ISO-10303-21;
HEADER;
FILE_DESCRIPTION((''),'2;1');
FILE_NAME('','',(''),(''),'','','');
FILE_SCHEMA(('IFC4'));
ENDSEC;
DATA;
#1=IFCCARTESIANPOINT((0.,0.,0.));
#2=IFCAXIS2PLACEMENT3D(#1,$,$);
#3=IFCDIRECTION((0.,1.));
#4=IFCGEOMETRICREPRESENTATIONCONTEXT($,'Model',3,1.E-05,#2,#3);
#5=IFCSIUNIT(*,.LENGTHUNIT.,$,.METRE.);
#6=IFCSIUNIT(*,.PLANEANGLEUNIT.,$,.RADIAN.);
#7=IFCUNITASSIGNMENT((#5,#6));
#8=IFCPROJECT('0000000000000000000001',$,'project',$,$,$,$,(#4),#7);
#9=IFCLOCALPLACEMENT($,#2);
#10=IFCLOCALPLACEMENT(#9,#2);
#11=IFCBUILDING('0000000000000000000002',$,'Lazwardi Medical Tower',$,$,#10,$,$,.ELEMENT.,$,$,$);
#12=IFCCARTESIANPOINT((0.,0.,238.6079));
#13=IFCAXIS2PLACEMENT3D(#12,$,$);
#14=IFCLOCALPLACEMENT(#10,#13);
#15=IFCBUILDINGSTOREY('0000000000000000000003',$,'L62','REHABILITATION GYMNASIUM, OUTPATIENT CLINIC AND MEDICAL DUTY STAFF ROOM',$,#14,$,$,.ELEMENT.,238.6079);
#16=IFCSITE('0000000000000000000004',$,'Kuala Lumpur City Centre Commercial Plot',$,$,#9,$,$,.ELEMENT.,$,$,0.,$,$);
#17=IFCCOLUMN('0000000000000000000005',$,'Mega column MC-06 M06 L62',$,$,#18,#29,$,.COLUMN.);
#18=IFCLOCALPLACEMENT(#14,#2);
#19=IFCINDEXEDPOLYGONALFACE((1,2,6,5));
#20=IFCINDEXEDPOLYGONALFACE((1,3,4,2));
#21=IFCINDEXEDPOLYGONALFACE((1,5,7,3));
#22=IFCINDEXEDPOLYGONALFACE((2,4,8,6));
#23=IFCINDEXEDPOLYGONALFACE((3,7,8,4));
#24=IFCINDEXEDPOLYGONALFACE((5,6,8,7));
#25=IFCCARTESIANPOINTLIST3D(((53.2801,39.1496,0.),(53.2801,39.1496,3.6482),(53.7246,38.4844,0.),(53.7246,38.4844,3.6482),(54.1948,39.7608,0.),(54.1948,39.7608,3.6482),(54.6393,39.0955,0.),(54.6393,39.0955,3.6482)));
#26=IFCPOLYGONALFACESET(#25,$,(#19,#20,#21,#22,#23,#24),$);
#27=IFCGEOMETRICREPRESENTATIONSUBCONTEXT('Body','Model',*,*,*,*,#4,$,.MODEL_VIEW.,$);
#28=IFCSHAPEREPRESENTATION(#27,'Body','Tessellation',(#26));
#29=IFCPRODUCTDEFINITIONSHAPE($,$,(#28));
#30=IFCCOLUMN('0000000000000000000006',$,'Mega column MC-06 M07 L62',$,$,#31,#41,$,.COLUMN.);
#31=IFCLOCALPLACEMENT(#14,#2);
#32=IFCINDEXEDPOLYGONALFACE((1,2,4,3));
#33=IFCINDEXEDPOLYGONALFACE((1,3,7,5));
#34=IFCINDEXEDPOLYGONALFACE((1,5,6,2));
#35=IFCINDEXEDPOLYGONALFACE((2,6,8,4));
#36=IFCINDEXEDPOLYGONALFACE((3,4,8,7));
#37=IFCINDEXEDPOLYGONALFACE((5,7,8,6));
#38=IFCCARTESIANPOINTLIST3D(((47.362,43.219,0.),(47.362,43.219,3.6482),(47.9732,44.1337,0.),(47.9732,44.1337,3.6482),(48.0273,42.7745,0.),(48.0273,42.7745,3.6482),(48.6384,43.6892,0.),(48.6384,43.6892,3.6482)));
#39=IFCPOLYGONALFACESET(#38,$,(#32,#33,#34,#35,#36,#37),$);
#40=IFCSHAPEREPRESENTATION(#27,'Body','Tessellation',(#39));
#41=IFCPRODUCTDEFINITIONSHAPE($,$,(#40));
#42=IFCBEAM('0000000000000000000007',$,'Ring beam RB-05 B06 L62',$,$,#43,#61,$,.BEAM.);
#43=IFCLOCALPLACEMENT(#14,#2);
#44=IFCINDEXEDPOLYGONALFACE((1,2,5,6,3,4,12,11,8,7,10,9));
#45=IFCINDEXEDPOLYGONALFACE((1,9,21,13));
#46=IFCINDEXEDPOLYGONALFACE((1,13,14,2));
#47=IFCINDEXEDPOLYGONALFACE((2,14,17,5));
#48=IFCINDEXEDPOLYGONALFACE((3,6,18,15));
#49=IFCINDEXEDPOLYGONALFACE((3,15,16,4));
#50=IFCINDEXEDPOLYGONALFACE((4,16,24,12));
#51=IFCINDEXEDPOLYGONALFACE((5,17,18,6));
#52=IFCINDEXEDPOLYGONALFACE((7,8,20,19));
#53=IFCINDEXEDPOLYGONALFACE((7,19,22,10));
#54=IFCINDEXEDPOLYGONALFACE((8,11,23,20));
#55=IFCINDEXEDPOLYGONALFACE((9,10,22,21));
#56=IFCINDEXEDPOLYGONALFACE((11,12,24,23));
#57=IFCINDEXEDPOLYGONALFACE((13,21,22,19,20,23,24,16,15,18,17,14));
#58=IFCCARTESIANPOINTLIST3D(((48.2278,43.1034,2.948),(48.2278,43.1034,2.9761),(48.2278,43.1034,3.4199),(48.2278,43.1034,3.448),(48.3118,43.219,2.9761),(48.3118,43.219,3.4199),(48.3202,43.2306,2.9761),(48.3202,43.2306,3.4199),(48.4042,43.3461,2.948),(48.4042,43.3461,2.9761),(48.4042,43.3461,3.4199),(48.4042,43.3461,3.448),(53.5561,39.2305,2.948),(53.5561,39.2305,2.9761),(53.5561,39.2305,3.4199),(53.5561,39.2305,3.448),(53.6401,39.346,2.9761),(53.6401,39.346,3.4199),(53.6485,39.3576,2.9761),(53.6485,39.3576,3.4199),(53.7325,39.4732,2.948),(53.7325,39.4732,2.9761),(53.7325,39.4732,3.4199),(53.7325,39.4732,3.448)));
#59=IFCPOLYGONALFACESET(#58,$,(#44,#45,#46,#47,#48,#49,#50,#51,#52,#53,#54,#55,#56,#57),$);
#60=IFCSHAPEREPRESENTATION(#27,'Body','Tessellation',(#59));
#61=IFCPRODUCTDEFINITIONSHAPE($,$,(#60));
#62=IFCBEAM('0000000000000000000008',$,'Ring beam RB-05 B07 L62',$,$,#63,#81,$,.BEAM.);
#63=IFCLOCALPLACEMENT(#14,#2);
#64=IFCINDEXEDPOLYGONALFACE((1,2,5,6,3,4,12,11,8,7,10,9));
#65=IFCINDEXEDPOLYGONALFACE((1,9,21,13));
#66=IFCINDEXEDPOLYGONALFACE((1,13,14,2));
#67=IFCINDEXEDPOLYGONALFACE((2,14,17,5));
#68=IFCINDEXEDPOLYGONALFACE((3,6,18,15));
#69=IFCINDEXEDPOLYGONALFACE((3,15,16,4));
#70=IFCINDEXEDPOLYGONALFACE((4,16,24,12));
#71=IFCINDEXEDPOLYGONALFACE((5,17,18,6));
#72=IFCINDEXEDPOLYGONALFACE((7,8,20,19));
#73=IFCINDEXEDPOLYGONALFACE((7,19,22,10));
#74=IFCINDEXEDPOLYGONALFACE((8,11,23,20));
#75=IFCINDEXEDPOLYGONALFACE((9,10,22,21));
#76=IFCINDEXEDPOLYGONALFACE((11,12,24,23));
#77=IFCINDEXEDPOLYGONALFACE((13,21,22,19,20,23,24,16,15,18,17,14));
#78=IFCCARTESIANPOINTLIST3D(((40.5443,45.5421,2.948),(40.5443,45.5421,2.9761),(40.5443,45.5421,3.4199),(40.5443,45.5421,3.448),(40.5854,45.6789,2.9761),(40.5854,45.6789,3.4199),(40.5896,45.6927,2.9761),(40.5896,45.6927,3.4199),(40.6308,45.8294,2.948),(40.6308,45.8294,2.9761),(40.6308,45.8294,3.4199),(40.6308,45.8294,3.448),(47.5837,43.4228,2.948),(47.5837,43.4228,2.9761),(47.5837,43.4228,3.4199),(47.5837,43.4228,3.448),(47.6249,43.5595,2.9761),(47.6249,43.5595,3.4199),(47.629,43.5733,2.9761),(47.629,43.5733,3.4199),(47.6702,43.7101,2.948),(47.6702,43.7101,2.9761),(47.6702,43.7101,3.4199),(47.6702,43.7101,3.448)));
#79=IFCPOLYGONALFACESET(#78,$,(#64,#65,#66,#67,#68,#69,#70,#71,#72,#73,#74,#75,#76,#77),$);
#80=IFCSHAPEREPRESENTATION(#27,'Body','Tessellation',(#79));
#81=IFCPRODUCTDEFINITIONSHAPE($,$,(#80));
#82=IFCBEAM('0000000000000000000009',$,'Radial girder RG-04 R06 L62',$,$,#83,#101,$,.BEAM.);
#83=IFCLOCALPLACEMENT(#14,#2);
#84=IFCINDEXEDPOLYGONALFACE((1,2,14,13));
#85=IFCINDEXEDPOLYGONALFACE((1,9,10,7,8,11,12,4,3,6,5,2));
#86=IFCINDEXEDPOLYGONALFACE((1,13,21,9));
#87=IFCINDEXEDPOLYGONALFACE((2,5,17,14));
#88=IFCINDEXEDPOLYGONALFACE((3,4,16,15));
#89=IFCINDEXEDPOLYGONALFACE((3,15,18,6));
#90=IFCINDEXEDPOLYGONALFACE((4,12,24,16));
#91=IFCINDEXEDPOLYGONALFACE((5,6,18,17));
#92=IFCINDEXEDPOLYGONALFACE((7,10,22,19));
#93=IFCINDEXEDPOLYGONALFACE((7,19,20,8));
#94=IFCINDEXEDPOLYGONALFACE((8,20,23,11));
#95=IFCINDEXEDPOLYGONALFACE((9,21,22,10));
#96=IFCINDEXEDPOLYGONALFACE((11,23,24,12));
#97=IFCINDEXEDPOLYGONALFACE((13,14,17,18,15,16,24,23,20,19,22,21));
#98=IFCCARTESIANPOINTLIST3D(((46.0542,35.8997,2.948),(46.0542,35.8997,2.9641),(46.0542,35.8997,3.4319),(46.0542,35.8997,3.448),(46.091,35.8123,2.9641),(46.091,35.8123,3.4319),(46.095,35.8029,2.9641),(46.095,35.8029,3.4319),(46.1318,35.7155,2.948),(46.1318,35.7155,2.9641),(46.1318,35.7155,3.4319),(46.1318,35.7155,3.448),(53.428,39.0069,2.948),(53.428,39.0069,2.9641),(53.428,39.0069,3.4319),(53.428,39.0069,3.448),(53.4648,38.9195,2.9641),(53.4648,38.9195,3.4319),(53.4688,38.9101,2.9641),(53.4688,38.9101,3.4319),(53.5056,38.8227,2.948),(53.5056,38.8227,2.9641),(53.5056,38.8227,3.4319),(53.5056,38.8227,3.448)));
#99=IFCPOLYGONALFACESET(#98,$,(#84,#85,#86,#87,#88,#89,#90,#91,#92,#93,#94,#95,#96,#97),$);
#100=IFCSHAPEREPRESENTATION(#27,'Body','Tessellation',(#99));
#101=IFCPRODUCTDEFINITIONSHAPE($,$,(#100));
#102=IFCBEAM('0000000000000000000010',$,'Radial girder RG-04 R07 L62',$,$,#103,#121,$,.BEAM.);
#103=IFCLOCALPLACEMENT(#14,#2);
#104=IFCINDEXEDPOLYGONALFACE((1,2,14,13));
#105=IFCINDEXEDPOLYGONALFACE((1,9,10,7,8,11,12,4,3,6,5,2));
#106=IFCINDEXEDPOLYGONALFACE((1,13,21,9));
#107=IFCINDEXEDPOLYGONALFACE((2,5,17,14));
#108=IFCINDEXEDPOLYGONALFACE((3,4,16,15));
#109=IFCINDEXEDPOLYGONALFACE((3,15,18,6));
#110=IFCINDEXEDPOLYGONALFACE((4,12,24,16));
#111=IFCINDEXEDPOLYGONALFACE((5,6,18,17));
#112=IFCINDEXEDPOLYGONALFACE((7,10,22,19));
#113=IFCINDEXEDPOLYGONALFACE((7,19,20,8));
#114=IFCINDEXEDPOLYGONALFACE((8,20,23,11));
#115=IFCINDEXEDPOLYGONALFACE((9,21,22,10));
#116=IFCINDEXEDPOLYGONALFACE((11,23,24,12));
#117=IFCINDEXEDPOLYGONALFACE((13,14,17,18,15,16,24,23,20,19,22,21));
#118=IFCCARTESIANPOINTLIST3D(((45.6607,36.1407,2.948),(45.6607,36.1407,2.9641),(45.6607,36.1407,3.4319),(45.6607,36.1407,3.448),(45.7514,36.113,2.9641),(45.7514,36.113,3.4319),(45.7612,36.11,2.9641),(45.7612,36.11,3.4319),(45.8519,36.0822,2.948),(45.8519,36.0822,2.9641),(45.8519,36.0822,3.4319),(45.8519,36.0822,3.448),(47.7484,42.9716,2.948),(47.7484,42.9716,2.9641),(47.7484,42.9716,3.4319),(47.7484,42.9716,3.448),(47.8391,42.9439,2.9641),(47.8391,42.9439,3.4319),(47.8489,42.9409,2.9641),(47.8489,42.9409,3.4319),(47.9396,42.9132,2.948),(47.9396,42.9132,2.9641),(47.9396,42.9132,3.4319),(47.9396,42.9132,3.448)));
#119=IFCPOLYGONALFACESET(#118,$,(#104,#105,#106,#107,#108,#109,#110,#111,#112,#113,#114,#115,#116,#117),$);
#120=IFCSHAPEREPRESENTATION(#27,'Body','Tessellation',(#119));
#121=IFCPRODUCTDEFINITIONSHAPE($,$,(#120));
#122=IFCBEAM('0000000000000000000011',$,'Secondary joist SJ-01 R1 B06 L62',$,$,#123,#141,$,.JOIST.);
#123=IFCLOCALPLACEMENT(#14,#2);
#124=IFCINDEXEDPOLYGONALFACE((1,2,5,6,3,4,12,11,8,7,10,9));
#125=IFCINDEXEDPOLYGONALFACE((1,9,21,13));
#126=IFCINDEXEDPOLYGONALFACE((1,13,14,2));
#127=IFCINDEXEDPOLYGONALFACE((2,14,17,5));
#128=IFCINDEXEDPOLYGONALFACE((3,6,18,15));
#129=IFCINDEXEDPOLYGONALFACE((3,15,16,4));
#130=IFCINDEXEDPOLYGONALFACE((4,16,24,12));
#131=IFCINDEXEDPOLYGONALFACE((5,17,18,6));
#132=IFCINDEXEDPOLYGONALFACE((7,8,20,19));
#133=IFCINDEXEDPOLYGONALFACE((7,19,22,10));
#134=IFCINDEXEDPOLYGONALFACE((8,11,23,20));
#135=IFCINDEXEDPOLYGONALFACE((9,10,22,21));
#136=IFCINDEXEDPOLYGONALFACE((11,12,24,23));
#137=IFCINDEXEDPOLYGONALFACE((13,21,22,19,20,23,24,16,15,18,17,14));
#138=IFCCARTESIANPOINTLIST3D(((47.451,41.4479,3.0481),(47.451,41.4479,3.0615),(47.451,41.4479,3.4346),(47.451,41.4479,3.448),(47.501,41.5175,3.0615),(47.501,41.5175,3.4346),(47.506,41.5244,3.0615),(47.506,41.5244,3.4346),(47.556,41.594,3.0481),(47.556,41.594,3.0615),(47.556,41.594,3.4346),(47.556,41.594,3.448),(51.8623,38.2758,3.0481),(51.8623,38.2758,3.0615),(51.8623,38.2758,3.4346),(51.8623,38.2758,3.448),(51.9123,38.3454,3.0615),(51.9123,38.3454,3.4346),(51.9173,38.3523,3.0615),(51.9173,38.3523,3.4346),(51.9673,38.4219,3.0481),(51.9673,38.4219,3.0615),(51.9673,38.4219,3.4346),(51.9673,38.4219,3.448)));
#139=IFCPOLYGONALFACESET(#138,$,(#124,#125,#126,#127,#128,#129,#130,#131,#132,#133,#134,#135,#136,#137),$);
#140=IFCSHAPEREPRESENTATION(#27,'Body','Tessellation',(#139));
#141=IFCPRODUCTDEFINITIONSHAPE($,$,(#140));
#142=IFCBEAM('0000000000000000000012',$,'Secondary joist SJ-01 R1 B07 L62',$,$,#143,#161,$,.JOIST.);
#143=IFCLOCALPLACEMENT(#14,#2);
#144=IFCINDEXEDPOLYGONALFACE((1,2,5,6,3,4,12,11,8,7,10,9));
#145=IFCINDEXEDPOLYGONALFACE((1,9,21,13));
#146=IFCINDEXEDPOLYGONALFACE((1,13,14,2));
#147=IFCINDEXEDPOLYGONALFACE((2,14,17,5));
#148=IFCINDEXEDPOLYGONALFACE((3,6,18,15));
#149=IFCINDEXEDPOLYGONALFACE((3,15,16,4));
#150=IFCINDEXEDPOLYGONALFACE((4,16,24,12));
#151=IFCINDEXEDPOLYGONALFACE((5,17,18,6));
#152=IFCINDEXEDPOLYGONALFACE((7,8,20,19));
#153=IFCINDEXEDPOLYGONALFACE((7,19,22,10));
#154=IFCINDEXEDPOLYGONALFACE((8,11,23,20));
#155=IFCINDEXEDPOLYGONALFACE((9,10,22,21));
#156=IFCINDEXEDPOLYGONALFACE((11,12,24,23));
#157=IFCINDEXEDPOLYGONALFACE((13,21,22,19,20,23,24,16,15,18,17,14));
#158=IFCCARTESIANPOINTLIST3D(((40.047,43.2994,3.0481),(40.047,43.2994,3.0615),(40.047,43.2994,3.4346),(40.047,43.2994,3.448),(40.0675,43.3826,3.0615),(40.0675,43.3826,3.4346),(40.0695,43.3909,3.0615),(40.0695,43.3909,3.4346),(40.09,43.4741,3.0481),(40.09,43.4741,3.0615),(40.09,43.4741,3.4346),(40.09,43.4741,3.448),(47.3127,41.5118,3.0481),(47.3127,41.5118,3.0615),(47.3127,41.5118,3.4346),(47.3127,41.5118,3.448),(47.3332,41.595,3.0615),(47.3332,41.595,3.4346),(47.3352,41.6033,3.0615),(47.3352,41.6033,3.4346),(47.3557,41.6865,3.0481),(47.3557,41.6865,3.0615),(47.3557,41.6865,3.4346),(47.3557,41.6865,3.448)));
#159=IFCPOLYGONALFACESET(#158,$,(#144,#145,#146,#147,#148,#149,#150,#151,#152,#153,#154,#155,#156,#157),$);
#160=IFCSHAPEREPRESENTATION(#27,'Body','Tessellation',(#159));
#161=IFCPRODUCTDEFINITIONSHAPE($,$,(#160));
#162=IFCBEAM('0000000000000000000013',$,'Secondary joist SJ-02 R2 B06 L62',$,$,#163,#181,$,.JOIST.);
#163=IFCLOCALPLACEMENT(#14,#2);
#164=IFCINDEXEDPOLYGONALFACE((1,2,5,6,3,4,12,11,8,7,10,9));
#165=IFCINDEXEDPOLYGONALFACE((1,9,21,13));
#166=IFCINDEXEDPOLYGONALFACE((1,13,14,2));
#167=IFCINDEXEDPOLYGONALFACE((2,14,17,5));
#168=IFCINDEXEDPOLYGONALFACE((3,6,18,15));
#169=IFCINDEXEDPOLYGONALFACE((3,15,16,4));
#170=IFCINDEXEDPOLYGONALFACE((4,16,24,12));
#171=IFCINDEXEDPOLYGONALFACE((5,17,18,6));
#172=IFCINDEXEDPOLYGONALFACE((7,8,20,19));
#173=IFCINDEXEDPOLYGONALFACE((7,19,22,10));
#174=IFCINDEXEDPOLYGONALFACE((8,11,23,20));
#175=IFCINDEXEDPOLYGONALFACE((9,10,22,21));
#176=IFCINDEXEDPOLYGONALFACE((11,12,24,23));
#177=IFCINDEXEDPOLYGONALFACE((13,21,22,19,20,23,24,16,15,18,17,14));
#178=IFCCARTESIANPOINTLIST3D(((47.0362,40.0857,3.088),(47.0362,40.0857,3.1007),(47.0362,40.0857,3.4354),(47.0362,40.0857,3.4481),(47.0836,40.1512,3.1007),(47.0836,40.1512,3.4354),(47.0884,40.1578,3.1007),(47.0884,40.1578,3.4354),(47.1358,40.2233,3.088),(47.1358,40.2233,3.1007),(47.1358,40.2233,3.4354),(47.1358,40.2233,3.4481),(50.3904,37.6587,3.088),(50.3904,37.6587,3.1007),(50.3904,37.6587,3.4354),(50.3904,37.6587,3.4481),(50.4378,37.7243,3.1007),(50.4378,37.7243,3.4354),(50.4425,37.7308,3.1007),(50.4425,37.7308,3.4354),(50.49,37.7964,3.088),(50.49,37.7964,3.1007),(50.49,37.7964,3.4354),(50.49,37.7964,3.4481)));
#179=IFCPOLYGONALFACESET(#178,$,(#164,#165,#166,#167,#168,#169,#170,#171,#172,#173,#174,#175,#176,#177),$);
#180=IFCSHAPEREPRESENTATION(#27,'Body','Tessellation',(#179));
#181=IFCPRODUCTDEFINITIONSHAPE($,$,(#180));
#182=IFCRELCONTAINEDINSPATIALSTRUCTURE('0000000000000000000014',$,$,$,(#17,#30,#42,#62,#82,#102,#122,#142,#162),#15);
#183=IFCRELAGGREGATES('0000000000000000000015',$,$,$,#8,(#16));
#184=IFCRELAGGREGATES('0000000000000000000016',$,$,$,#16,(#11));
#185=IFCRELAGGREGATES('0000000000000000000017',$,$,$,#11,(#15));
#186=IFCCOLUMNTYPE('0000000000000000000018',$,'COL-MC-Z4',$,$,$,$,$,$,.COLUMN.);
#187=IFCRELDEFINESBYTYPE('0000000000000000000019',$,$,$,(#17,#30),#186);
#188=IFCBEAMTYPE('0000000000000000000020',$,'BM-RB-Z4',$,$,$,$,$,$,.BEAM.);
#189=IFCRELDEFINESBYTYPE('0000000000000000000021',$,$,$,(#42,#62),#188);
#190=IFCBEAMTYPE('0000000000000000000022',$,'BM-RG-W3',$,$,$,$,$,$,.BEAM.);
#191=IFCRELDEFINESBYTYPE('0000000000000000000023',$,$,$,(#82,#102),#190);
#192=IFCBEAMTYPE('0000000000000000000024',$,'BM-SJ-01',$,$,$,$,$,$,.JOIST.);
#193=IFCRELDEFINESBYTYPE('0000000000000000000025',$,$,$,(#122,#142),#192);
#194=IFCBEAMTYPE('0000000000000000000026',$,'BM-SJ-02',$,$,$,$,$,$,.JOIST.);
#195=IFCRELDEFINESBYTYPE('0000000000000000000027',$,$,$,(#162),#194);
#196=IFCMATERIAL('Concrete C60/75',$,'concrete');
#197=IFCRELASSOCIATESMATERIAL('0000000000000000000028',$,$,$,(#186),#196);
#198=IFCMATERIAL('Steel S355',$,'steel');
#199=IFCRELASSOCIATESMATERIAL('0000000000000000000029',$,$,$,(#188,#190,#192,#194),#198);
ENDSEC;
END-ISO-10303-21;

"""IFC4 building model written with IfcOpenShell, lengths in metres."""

from ifc_helpers import new_model, si_unit, direction, frame, origin, origin_2d, place, context, subcontext, project, spatial, rectangle, i_section, extrude, material, material_profile, profile_set, type_object, element, save


model = new_model("IFC4")

# Units and contexts
model_context = context("Model", 3, precision=1e-05, world=origin(), true_north=direction((0.0, 1.0)))
body_context = subcontext(model_context, "Body", "Model", "MODEL_VIEW")
ifc_project = project(units=[si_unit("LENGTHUNIT", "METRE"), si_unit("PLANEANGLEUNIT", "RADIAN")], contexts=[model_context])

# Site, building, storey
site_placement = place(None, origin())
site = spatial("IfcSite", under=ifc_project, at=site_placement, Name="Kuala Lumpur City Centre Commercial Plot", CompositionType="ELEMENT", RefElevation=0.0)
building_placement = place(site_placement, origin())
building = spatial("IfcBuilding", under=site, at=building_placement, Name="Lazwardi Medical Tower", CompositionType="ELEMENT")
storey_placement = place(building_placement, frame((0.0, 0.0, 238.6079)))
storey = spatial("IfcBuildingStorey", under=building, at=storey_placement, Name="L62", Description="REHABILITATION GYMNASIUM, OUTPATIENT CLINIC AND MEDICAL DUTY STAFF ROOM", CompositionType="ELEMENT", Elevation=238.6079)

# Columns
ifc_material_1 = material(Name="Concrete C60/75", Category="concrete")
ifc_material_profile_1 = material_profile(ifc_material_1, rectangle(XDim=1.1001, YDim=0.8, at=origin_2d()), Name="CFT-RECT 1100x800")
ifc_profile_set_1 = profile_set([ifc_material_profile_1], Name="Concrete C60/75")
column_type = type_object("IfcColumnType", Name="COL-MC-Z4", PredefinedType="COLUMN", material=ifc_profile_set_1)
for number, where, z_axis, x_axis, name in (
    (1, (53.9597, 39.1226, 0.0), (0.0, 0.0, 1.0), (0.83147, 0.55557, 0.0), "Mega column MC-06 M06 L62"),
    (2, (48.0002, 43.4541, 0.0), (0.0, 0.0, 1.0), (0.55557, 0.83147, 0.0), "Mega column MC-06 M07 L62"),
):
    element("IfcColumn", number, at=place(storey_placement, frame(where, z_axis=z_axis, x_axis=x_axis)), inside=storey, type_object=column_type, Name=name, PredefinedType="COLUMN", context=body_context, shape_type="SweptSolid", body=[
        extrude(rectangle(XDim=1.1001, YDim=0.8, at=origin_2d()), origin(), (0.0, 0.0, 1.0), 3.6482),
    ])

# Beams
ifc_material_2 = material(Name="Steel S355", Category="steel")
ifc_material_profile_2 = material_profile(ifc_material_2, i_section(OverallWidth=0.3, OverallDepth=0.5, WebThickness=0.0144, FlangeThickness=0.0281, at=origin_2d()), Name="HEB 500")
ifc_profile_set_2 = profile_set([ifc_material_profile_2], Name="Steel S355")
beam_type_1 = type_object("IfcBeamType", Name="BM-RB-Z4", PredefinedType="BEAM", material=ifc_profile_set_2)
beam_1_placement = place(storey_placement, frame((53.6443, 39.3518, 3.198), z_axis=(-0.80889, 0.58796, 0.0), x_axis=(-0.58796, -0.80889, 0.0)))
element("IfcBeam", 3, at=beam_1_placement, inside=storey, type_object=beam_type_1, Name="Ring beam RB-05 B06 L62", PredefinedType="BEAM", context=body_context, shape_type="SweptSolid", body=[
    extrude(i_section(OverallWidth=0.3, OverallDepth=0.5, WebThickness=0.0144, FlangeThickness=0.0281, at=origin_2d()), origin(), (0.0, 0.0, 1.0), 6.5872),
])
beam_2_placement = place(storey_placement, frame((47.627, 43.5664, 3.198), z_axis=(-0.957544, 0.288286, 0.0), x_axis=(-0.288286, -0.957544, 0.0)))
element("IfcBeam", 4, at=beam_2_placement, inside=storey, type_object=beam_type_1, Name="Ring beam RB-05 B07 L62", PredefinedType="BEAM", context=body_context, shape_type="SweptSolid", body=[
    extrude(i_section(OverallWidth=0.3, OverallDepth=0.5, WebThickness=0.0144, FlangeThickness=0.0281, at=origin_2d()), origin(), (0.0, 0.0, 1.0), 7.3516),
])
ifc_material_profile_3 = material_profile(ifc_material_2, i_section(OverallWidth=0.2, OverallDepth=0.5, WebThickness=0.0103, FlangeThickness=0.0161, at=origin_2d()), Name="IPE 500")
ifc_profile_set_3 = profile_set([ifc_material_profile_3], Name="Steel S355")
beam_type_2 = type_object("IfcBeamType", Name="BM-RG-W3", PredefinedType="BEAM", material=ifc_profile_set_3)
beam_3_placement = place(storey_placement, frame((53.4668, 38.9148, 3.198), z_axis=(-0.921527, -0.388315, 0.0), x_axis=(0.388315, -0.921527, 0.0)))
element("IfcBeam", 5, at=beam_3_placement, inside=storey, type_object=beam_type_2, Name="Radial girder RG-04 R06 L62", PredefinedType="BEAM", context=body_context, shape_type="SweptSolid", body=[
    extrude(i_section(OverallWidth=0.2, OverallDepth=0.5, WebThickness=0.0103, FlangeThickness=0.0161, at=origin_2d()), origin(), (0.0, 0.0, 1.0), 8.0017),
])
beam_4_placement = place(storey_placement, frame((47.844, 42.9424, 3.198), z_axis=(-0.292277, -0.956334, 0.0), x_axis=(0.956334, -0.292277, 0.0)))
element("IfcBeam", 6, at=beam_4_placement, inside=storey, type_object=beam_type_2, Name="Radial girder RG-04 R07 L62", PredefinedType="BEAM", context=body_context, shape_type="SweptSolid", body=[
    extrude(i_section(OverallWidth=0.2, OverallDepth=0.5, WebThickness=0.0103, FlangeThickness=0.0161, at=origin_2d()), origin(), (0.0, 0.0, 1.0), 7.1428),
])
ifc_material_profile_4 = material_profile(ifc_material_2, i_section(OverallWidth=0.1799, OverallDepth=0.3999, WebThickness=0.0085, FlangeThickness=0.0134, at=origin_2d()), Name="IPE 400")
ifc_profile_set_4 = profile_set([ifc_material_profile_4], Name="Steel S355")
beam_type_3 = type_object("IfcBeamType", Name="BM-SJ-01", PredefinedType="JOIST", material=ifc_profile_set_4)
beam_5_placement = place(storey_placement, frame((51.9148, 38.3489, 3.248), z_axis=(-0.81189, 0.583811, 0.0), x_axis=(-0.583811, -0.81189, 0.0)))
element("IfcBeam", 7, at=beam_5_placement, inside=storey, type_object=beam_type_3, Name="Secondary joist SJ-01 R1 B06 L62", PredefinedType="JOIST", context=body_context, shape_type="SweptSolid", body=[
    extrude(i_section(OverallWidth=0.1799, OverallDepth=0.3999, WebThickness=0.0085, FlangeThickness=0.0134, at=origin_2d()), origin(), (0.0, 0.0, 1.0), 5.4333),
])
beam_6_placement = place(storey_placement, frame((47.3342, 41.5991, 3.248), z_axis=(-0.971042, 0.23891, 0.0), x_axis=(-0.23891, -0.971042, 0.0)))
element("IfcBeam", 8, at=beam_6_placement, inside=storey, type_object=beam_type_3, Name="Secondary joist SJ-01 R1 B07 L62", PredefinedType="JOIST", context=body_context, shape_type="SweptSolid", body=[
    extrude(i_section(OverallWidth=0.1799, OverallDepth=0.3999, WebThickness=0.0085, FlangeThickness=0.0134, at=origin_2d()), origin(), (0.0, 0.0, 1.0), 7.4824),
])
ifc_material_profile_5 = material_profile(ifc_material_2, i_section(OverallWidth=0.1699, OverallDepth=0.3601, WebThickness=0.0081, FlangeThickness=0.0127, at=origin_2d()), Name="IPE 360")
ifc_profile_set_5 = profile_set([ifc_material_profile_5], Name="Steel S355")
beam_type_4 = type_object("IfcBeamType", Name="BM-SJ-02", PredefinedType="JOIST", material=ifc_profile_set_5)
beam_7_placement = place(storey_placement, frame((50.4402, 37.7275, 3.2681), z_axis=(-0.810164, 0.586203, 0.0), x_axis=(-0.586203, -0.810164, 0.0)))
element("IfcBeam", 9, at=beam_7_placement, inside=storey, type_object=beam_type_4, Name="Secondary joist SJ-02 R2 B06 L62", PredefinedType="JOIST", context=body_context, shape_type="SweptSolid", body=[
    extrude(i_section(OverallWidth=0.1699, OverallDepth=0.3601, WebThickness=0.0081, FlangeThickness=0.0127, at=origin_2d()), origin(), (0.0, 0.0, 1.0), 4.1401),
])

save(model, "model.ifc")
